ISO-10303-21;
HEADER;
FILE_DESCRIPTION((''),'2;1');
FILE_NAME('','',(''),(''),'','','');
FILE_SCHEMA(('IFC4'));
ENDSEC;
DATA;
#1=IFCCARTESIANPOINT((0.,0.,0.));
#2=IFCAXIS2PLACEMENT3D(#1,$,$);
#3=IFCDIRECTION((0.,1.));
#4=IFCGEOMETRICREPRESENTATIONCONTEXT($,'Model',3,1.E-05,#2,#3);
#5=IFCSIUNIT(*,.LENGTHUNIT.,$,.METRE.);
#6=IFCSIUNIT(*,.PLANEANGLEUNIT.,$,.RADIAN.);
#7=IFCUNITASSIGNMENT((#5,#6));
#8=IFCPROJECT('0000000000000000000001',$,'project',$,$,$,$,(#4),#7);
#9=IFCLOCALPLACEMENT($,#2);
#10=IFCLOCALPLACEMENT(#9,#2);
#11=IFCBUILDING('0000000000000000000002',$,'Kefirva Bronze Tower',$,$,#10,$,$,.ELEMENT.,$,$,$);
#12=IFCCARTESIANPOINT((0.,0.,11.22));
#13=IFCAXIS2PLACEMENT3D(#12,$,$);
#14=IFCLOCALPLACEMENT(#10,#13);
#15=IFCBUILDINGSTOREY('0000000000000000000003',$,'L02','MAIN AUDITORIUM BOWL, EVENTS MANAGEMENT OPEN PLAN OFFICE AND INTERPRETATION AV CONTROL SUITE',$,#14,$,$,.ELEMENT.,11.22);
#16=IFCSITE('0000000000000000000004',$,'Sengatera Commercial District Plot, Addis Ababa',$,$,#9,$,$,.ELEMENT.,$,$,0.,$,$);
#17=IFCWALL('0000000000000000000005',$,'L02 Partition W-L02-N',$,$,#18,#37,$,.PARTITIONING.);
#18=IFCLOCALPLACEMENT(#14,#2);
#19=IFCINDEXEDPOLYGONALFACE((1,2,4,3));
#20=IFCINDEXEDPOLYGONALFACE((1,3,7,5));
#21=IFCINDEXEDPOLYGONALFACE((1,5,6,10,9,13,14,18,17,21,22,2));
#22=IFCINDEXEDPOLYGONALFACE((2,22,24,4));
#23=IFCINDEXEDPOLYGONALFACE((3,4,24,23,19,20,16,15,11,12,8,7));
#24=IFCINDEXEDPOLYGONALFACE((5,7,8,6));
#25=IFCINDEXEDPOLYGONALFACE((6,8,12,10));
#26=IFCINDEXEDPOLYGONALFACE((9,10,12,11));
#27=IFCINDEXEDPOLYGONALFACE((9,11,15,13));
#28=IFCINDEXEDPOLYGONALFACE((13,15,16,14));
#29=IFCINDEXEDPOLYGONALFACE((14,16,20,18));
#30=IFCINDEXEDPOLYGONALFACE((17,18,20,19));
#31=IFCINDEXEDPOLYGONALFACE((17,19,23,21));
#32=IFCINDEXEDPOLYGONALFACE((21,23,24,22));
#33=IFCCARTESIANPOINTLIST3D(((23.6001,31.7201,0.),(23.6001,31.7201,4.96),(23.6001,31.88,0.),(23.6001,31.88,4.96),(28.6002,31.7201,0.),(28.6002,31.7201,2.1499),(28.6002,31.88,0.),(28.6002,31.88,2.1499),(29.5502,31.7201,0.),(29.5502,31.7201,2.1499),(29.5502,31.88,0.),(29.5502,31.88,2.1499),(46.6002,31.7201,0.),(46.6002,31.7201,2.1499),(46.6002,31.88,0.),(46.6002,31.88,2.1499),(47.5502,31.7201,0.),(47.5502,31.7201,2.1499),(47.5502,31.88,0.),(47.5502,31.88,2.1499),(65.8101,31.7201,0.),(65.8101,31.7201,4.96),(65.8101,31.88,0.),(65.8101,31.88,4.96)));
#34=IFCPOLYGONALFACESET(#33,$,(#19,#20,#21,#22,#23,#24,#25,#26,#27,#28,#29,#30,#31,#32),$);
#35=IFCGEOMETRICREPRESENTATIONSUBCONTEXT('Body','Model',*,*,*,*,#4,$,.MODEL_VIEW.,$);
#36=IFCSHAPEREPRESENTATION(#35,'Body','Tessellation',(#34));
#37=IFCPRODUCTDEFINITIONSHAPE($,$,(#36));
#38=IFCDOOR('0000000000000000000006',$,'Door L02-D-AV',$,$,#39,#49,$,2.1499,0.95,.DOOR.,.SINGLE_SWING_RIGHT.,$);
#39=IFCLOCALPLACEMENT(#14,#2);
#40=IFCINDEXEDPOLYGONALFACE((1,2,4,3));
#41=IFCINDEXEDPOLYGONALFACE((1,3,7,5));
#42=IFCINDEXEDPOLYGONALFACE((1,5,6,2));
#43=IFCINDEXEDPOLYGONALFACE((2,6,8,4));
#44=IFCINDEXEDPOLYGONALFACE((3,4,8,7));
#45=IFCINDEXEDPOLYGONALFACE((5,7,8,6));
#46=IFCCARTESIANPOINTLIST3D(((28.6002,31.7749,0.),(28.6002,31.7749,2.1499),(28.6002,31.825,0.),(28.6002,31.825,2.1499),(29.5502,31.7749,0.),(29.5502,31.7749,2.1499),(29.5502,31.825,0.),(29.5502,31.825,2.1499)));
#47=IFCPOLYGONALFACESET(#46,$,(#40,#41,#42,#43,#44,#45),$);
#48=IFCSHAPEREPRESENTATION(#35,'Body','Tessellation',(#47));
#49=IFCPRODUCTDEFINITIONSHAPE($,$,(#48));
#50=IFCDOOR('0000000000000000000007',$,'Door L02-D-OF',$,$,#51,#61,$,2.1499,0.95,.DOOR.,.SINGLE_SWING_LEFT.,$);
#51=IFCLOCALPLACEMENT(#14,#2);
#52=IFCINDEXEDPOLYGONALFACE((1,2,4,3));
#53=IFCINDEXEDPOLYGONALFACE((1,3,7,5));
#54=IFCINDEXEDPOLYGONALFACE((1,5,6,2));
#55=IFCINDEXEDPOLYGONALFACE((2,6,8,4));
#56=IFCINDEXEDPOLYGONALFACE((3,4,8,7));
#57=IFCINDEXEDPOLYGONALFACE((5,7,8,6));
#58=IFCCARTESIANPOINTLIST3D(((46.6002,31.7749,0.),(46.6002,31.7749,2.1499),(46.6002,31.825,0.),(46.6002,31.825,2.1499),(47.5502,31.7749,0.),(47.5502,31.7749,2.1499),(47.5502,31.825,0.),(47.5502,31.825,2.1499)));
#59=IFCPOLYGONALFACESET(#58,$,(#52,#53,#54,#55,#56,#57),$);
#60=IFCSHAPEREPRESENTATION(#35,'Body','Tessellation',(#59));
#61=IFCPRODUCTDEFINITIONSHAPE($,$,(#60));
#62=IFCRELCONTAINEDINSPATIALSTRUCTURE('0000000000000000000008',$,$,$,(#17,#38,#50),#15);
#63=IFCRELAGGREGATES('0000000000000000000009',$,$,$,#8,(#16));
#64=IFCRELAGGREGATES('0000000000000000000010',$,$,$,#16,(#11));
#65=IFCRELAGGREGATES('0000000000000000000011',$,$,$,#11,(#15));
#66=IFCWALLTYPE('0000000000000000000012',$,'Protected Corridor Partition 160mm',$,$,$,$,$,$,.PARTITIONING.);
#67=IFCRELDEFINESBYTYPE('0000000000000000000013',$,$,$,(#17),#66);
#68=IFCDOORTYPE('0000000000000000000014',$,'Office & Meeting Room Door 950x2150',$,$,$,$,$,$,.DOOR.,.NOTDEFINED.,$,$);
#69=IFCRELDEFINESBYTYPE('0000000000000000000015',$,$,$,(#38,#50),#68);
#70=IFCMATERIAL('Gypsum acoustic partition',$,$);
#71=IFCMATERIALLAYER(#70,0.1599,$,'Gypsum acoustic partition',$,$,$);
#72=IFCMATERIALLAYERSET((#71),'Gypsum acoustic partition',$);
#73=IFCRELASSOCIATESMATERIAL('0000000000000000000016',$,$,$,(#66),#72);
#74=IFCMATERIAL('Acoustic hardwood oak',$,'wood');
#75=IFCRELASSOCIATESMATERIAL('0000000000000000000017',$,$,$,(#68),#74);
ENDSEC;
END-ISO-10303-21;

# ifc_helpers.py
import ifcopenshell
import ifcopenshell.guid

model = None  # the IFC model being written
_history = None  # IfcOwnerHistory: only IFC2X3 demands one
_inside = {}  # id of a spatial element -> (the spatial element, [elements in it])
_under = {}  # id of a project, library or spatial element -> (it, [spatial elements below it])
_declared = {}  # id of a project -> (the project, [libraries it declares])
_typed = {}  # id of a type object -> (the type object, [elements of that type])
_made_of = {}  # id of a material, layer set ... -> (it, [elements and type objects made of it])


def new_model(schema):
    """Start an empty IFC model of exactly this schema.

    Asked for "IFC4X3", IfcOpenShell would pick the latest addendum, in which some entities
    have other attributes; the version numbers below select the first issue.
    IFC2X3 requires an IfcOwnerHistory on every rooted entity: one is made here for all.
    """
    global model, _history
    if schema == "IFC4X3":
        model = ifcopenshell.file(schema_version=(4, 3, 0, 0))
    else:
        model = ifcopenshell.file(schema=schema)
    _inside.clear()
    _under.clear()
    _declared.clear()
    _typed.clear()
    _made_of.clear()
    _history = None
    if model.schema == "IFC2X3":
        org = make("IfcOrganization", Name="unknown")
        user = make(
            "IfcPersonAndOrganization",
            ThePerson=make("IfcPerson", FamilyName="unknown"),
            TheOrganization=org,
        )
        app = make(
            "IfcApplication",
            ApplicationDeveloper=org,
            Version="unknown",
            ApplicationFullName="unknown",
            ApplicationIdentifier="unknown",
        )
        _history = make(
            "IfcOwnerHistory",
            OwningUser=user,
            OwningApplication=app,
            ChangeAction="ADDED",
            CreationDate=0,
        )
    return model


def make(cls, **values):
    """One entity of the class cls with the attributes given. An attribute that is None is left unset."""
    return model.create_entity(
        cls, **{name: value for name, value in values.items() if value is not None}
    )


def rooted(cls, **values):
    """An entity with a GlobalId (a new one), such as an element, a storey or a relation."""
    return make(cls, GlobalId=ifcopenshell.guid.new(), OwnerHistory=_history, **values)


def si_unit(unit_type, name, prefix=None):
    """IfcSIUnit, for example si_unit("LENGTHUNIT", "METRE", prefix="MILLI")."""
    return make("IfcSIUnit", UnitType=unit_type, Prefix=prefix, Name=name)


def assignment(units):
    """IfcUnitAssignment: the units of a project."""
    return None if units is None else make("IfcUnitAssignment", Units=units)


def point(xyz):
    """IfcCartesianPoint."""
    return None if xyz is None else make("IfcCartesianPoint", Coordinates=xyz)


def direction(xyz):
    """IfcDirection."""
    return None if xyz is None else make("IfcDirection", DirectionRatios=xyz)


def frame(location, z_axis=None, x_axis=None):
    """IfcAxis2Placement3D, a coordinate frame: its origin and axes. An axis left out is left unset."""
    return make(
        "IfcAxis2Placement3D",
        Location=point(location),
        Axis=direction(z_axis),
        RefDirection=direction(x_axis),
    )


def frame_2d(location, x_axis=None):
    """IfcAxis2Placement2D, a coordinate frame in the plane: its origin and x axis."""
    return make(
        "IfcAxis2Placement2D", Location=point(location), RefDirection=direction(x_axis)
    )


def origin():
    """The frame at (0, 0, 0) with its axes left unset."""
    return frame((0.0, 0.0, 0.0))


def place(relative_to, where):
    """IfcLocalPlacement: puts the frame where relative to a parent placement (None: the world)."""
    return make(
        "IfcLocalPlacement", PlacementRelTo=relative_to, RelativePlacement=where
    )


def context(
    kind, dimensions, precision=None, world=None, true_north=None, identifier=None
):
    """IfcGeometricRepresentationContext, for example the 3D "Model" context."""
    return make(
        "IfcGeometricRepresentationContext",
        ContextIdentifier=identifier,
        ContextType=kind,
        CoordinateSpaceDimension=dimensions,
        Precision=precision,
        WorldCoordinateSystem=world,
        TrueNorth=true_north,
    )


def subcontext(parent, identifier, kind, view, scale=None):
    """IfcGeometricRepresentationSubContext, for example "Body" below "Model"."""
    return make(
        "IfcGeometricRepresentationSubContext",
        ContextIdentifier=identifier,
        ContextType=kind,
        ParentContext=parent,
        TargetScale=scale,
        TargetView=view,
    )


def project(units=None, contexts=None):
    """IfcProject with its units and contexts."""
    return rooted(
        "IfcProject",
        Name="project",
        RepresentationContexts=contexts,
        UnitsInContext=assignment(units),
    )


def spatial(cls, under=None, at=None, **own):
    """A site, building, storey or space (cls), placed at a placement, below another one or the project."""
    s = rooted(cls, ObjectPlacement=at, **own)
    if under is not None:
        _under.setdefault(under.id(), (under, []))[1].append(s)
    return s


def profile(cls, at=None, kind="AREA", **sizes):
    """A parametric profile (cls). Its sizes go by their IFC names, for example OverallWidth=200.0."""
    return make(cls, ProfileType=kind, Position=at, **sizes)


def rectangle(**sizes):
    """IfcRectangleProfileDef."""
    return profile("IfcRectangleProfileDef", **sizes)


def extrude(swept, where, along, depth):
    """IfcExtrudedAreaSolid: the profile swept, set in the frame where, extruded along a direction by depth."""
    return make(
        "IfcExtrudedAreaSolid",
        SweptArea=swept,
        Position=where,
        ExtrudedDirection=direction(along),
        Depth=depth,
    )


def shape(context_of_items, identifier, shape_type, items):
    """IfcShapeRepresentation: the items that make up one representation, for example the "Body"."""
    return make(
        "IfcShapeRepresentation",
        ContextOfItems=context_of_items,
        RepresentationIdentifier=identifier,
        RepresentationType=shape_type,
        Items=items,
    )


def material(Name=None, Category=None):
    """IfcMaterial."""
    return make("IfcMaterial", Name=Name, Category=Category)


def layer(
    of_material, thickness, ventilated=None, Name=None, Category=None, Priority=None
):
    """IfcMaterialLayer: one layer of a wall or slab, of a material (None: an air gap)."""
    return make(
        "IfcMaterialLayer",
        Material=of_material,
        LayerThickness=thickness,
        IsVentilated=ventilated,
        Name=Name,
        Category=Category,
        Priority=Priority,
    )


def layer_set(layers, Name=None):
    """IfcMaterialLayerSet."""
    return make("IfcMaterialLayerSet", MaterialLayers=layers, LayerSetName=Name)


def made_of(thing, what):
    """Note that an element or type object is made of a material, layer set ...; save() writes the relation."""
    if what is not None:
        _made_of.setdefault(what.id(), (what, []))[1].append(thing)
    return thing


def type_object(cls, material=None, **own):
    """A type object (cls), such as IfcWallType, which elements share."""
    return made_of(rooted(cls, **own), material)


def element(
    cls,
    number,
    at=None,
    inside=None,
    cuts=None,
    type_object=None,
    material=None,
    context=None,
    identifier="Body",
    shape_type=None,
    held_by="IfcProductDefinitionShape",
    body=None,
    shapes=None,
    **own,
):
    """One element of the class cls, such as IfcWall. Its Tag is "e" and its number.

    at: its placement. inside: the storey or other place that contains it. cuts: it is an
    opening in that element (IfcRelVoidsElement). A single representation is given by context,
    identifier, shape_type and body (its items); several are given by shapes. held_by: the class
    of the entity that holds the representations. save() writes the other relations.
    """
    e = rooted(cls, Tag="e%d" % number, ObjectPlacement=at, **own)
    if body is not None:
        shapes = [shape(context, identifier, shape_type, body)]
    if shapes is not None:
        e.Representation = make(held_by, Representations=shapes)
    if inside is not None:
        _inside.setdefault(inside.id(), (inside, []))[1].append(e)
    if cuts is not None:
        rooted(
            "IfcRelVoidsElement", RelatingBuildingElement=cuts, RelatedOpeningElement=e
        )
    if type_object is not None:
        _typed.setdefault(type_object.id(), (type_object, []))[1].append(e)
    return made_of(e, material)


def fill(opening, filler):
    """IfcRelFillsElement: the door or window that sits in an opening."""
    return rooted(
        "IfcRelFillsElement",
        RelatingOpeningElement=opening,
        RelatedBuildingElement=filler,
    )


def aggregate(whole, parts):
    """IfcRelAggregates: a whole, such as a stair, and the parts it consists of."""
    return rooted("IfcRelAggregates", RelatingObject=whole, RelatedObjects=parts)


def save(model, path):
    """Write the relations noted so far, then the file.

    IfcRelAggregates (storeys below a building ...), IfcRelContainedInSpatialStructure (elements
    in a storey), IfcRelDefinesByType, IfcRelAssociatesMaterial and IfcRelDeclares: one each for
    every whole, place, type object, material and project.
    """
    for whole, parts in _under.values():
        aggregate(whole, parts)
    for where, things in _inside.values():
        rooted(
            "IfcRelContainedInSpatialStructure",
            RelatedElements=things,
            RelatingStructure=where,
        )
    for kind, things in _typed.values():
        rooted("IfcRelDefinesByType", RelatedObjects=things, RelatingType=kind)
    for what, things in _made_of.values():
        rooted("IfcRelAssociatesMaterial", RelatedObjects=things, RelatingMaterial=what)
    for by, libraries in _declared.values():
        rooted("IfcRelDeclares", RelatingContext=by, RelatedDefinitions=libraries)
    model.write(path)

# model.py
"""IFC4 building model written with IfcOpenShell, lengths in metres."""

from ifc_helpers import new_model, si_unit, direction, frame, frame_2d, origin, place, context, subcontext, project, spatial, rectangle, extrude, material, layer, layer_set, type_object, element, fill, save


model = new_model("IFC4")

# Units and contexts
model_context = context("Model", 3, precision=1e-05, world=origin(), true_north=direction((0.0, 1.0)))
body_context = subcontext(model_context, "Body", "Model", "MODEL_VIEW")
ifc_project = project(units=[si_unit("LENGTHUNIT", "METRE"), si_unit("PLANEANGLEUNIT", "RADIAN")], contexts=[model_context])

# Site, building, storey
site_placement = place(None, origin())
site = spatial("IfcSite", under=ifc_project, at=site_placement, Name="Sengatera Commercial District Plot, Addis Ababa", CompositionType="ELEMENT", RefElevation=0.0)
building_placement = place(site_placement, origin())
building = spatial("IfcBuilding", under=site, at=building_placement, Name="Kefirva Bronze Tower", CompositionType="ELEMENT")
storey_placement = place(building_placement, frame((0.0, 0.0, 11.22)))
storey = spatial("IfcBuildingStorey", under=building, at=storey_placement, Name="L02", Description="MAIN AUDITORIUM BOWL, EVENTS MANAGEMENT OPEN PLAN OFFICE AND INTERPRETATION AV CONTROL SUITE", CompositionType="ELEMENT", Elevation=11.22)

# Wall, openings, doors
ifc_material_1 = material(Name="Gypsum acoustic partition")
ifc_layer = layer(ifc_material_1, 0.1599, Name="Gypsum acoustic partition")
ifc_layer_set = layer_set([ifc_layer], Name="Gypsum acoustic partition")
wall_type = type_object("IfcWallType", Name="Protected Corridor Partition 160mm", PredefinedType="PARTITIONING", material=ifc_layer_set)
wall_placement = place(storey_placement, frame((23.6001, 31.8, 0.0), z_axis=(0.0, 0.0, 1.0), x_axis=(1.0, 0.0, 0.0)))
wall = element("IfcWall", 1, at=wall_placement, inside=storey, type_object=wall_type, Name="L02 Partition W-L02-N", PredefinedType="PARTITIONING", context=body_context, shape_type="SweptSolid", body=[
    extrude(rectangle(XDim=42.21, YDim=0.1599, at=frame_2d((21.105, 0.0))), origin(), (0.0, 0.0, 1.0), 4.96),
])
opening_1_placement = place(wall_placement, frame((5.0, 0.0, 0.0)))
opening_1 = element("IfcOpeningElement", 2, at=opening_1_placement, cuts=wall, PredefinedType="OPENING", context=body_context, shape_type="SweptSolid", body=[
    extrude(rectangle(XDim=0.95, YDim=2.1499, at=frame_2d((0.4751, 1.075))), frame((0.0, 0.0898, 0.0), z_axis=(0.0, -1.0, 0.0), x_axis=(1.0, 0.0, 0.0)), (0.0, 0.0, 1.0), 0.1799),
])
opening_2_placement = place(wall_placement, frame((23.0, 0.0, 0.0)))
opening_2 = element("IfcOpeningElement", 3, at=opening_2_placement, cuts=wall, PredefinedType="OPENING", context=body_context, shape_type="SweptSolid", body=[
    extrude(rectangle(XDim=0.95, YDim=2.1499, at=frame_2d((0.4751, 1.075))), frame((0.0, 0.0898, 0.0), z_axis=(0.0, -1.0, 0.0), x_axis=(1.0, 0.0, 0.0)), (0.0, 0.0, 1.0), 0.1799),
])
ifc_material_2 = material(Name="Acoustic hardwood oak", Category="wood")
door_type = type_object("IfcDoorType", Name="Office & Meeting Room Door 950x2150", OperationType="NOTDEFINED", PredefinedType="DOOR", material=ifc_material_2)
door_1_placement = place(opening_1_placement, origin())
door_1 = element("IfcDoor", 4, at=door_1_placement, inside=storey, type_object=door_type, Name="Door L02-D-AV", OperationType="SINGLE_SWING_RIGHT", OverallHeight=2.1499, OverallWidth=0.95, PredefinedType="DOOR", context=body_context, shape_type="SweptSolid", body=[
    extrude(rectangle(XDim=0.95, YDim=2.1499, at=frame_2d((0.4751, 1.075))), frame((0.0, 0.0249, 0.0), z_axis=(0.0, -1.0, 0.0), x_axis=(1.0, 0.0, 0.0)), (0.0, 0.0, 1.0), 0.05),
])
fill(opening_1, door_1)
door_2_placement = place(opening_2_placement, origin())
door_2 = element("IfcDoor", 5, at=door_2_placement, inside=storey, type_object=door_type, Name="Door L02-D-OF", OperationType="SINGLE_SWING_LEFT", OverallHeight=2.1499, OverallWidth=0.95, PredefinedType="DOOR", context=body_context, shape_type="SweptSolid", body=[
    extrude(rectangle(XDim=0.95, YDim=2.1499, at=frame_2d((0.4751, 1.075))), frame((0.0, 0.0249, 0.0), z_axis=(0.0, -1.0, 0.0), x_axis=(1.0, 0.0, 0.0)), (0.0, 0.0, 1.0), 0.05),
])
fill(opening_2, door_2)

save(model, "model.ifc")
